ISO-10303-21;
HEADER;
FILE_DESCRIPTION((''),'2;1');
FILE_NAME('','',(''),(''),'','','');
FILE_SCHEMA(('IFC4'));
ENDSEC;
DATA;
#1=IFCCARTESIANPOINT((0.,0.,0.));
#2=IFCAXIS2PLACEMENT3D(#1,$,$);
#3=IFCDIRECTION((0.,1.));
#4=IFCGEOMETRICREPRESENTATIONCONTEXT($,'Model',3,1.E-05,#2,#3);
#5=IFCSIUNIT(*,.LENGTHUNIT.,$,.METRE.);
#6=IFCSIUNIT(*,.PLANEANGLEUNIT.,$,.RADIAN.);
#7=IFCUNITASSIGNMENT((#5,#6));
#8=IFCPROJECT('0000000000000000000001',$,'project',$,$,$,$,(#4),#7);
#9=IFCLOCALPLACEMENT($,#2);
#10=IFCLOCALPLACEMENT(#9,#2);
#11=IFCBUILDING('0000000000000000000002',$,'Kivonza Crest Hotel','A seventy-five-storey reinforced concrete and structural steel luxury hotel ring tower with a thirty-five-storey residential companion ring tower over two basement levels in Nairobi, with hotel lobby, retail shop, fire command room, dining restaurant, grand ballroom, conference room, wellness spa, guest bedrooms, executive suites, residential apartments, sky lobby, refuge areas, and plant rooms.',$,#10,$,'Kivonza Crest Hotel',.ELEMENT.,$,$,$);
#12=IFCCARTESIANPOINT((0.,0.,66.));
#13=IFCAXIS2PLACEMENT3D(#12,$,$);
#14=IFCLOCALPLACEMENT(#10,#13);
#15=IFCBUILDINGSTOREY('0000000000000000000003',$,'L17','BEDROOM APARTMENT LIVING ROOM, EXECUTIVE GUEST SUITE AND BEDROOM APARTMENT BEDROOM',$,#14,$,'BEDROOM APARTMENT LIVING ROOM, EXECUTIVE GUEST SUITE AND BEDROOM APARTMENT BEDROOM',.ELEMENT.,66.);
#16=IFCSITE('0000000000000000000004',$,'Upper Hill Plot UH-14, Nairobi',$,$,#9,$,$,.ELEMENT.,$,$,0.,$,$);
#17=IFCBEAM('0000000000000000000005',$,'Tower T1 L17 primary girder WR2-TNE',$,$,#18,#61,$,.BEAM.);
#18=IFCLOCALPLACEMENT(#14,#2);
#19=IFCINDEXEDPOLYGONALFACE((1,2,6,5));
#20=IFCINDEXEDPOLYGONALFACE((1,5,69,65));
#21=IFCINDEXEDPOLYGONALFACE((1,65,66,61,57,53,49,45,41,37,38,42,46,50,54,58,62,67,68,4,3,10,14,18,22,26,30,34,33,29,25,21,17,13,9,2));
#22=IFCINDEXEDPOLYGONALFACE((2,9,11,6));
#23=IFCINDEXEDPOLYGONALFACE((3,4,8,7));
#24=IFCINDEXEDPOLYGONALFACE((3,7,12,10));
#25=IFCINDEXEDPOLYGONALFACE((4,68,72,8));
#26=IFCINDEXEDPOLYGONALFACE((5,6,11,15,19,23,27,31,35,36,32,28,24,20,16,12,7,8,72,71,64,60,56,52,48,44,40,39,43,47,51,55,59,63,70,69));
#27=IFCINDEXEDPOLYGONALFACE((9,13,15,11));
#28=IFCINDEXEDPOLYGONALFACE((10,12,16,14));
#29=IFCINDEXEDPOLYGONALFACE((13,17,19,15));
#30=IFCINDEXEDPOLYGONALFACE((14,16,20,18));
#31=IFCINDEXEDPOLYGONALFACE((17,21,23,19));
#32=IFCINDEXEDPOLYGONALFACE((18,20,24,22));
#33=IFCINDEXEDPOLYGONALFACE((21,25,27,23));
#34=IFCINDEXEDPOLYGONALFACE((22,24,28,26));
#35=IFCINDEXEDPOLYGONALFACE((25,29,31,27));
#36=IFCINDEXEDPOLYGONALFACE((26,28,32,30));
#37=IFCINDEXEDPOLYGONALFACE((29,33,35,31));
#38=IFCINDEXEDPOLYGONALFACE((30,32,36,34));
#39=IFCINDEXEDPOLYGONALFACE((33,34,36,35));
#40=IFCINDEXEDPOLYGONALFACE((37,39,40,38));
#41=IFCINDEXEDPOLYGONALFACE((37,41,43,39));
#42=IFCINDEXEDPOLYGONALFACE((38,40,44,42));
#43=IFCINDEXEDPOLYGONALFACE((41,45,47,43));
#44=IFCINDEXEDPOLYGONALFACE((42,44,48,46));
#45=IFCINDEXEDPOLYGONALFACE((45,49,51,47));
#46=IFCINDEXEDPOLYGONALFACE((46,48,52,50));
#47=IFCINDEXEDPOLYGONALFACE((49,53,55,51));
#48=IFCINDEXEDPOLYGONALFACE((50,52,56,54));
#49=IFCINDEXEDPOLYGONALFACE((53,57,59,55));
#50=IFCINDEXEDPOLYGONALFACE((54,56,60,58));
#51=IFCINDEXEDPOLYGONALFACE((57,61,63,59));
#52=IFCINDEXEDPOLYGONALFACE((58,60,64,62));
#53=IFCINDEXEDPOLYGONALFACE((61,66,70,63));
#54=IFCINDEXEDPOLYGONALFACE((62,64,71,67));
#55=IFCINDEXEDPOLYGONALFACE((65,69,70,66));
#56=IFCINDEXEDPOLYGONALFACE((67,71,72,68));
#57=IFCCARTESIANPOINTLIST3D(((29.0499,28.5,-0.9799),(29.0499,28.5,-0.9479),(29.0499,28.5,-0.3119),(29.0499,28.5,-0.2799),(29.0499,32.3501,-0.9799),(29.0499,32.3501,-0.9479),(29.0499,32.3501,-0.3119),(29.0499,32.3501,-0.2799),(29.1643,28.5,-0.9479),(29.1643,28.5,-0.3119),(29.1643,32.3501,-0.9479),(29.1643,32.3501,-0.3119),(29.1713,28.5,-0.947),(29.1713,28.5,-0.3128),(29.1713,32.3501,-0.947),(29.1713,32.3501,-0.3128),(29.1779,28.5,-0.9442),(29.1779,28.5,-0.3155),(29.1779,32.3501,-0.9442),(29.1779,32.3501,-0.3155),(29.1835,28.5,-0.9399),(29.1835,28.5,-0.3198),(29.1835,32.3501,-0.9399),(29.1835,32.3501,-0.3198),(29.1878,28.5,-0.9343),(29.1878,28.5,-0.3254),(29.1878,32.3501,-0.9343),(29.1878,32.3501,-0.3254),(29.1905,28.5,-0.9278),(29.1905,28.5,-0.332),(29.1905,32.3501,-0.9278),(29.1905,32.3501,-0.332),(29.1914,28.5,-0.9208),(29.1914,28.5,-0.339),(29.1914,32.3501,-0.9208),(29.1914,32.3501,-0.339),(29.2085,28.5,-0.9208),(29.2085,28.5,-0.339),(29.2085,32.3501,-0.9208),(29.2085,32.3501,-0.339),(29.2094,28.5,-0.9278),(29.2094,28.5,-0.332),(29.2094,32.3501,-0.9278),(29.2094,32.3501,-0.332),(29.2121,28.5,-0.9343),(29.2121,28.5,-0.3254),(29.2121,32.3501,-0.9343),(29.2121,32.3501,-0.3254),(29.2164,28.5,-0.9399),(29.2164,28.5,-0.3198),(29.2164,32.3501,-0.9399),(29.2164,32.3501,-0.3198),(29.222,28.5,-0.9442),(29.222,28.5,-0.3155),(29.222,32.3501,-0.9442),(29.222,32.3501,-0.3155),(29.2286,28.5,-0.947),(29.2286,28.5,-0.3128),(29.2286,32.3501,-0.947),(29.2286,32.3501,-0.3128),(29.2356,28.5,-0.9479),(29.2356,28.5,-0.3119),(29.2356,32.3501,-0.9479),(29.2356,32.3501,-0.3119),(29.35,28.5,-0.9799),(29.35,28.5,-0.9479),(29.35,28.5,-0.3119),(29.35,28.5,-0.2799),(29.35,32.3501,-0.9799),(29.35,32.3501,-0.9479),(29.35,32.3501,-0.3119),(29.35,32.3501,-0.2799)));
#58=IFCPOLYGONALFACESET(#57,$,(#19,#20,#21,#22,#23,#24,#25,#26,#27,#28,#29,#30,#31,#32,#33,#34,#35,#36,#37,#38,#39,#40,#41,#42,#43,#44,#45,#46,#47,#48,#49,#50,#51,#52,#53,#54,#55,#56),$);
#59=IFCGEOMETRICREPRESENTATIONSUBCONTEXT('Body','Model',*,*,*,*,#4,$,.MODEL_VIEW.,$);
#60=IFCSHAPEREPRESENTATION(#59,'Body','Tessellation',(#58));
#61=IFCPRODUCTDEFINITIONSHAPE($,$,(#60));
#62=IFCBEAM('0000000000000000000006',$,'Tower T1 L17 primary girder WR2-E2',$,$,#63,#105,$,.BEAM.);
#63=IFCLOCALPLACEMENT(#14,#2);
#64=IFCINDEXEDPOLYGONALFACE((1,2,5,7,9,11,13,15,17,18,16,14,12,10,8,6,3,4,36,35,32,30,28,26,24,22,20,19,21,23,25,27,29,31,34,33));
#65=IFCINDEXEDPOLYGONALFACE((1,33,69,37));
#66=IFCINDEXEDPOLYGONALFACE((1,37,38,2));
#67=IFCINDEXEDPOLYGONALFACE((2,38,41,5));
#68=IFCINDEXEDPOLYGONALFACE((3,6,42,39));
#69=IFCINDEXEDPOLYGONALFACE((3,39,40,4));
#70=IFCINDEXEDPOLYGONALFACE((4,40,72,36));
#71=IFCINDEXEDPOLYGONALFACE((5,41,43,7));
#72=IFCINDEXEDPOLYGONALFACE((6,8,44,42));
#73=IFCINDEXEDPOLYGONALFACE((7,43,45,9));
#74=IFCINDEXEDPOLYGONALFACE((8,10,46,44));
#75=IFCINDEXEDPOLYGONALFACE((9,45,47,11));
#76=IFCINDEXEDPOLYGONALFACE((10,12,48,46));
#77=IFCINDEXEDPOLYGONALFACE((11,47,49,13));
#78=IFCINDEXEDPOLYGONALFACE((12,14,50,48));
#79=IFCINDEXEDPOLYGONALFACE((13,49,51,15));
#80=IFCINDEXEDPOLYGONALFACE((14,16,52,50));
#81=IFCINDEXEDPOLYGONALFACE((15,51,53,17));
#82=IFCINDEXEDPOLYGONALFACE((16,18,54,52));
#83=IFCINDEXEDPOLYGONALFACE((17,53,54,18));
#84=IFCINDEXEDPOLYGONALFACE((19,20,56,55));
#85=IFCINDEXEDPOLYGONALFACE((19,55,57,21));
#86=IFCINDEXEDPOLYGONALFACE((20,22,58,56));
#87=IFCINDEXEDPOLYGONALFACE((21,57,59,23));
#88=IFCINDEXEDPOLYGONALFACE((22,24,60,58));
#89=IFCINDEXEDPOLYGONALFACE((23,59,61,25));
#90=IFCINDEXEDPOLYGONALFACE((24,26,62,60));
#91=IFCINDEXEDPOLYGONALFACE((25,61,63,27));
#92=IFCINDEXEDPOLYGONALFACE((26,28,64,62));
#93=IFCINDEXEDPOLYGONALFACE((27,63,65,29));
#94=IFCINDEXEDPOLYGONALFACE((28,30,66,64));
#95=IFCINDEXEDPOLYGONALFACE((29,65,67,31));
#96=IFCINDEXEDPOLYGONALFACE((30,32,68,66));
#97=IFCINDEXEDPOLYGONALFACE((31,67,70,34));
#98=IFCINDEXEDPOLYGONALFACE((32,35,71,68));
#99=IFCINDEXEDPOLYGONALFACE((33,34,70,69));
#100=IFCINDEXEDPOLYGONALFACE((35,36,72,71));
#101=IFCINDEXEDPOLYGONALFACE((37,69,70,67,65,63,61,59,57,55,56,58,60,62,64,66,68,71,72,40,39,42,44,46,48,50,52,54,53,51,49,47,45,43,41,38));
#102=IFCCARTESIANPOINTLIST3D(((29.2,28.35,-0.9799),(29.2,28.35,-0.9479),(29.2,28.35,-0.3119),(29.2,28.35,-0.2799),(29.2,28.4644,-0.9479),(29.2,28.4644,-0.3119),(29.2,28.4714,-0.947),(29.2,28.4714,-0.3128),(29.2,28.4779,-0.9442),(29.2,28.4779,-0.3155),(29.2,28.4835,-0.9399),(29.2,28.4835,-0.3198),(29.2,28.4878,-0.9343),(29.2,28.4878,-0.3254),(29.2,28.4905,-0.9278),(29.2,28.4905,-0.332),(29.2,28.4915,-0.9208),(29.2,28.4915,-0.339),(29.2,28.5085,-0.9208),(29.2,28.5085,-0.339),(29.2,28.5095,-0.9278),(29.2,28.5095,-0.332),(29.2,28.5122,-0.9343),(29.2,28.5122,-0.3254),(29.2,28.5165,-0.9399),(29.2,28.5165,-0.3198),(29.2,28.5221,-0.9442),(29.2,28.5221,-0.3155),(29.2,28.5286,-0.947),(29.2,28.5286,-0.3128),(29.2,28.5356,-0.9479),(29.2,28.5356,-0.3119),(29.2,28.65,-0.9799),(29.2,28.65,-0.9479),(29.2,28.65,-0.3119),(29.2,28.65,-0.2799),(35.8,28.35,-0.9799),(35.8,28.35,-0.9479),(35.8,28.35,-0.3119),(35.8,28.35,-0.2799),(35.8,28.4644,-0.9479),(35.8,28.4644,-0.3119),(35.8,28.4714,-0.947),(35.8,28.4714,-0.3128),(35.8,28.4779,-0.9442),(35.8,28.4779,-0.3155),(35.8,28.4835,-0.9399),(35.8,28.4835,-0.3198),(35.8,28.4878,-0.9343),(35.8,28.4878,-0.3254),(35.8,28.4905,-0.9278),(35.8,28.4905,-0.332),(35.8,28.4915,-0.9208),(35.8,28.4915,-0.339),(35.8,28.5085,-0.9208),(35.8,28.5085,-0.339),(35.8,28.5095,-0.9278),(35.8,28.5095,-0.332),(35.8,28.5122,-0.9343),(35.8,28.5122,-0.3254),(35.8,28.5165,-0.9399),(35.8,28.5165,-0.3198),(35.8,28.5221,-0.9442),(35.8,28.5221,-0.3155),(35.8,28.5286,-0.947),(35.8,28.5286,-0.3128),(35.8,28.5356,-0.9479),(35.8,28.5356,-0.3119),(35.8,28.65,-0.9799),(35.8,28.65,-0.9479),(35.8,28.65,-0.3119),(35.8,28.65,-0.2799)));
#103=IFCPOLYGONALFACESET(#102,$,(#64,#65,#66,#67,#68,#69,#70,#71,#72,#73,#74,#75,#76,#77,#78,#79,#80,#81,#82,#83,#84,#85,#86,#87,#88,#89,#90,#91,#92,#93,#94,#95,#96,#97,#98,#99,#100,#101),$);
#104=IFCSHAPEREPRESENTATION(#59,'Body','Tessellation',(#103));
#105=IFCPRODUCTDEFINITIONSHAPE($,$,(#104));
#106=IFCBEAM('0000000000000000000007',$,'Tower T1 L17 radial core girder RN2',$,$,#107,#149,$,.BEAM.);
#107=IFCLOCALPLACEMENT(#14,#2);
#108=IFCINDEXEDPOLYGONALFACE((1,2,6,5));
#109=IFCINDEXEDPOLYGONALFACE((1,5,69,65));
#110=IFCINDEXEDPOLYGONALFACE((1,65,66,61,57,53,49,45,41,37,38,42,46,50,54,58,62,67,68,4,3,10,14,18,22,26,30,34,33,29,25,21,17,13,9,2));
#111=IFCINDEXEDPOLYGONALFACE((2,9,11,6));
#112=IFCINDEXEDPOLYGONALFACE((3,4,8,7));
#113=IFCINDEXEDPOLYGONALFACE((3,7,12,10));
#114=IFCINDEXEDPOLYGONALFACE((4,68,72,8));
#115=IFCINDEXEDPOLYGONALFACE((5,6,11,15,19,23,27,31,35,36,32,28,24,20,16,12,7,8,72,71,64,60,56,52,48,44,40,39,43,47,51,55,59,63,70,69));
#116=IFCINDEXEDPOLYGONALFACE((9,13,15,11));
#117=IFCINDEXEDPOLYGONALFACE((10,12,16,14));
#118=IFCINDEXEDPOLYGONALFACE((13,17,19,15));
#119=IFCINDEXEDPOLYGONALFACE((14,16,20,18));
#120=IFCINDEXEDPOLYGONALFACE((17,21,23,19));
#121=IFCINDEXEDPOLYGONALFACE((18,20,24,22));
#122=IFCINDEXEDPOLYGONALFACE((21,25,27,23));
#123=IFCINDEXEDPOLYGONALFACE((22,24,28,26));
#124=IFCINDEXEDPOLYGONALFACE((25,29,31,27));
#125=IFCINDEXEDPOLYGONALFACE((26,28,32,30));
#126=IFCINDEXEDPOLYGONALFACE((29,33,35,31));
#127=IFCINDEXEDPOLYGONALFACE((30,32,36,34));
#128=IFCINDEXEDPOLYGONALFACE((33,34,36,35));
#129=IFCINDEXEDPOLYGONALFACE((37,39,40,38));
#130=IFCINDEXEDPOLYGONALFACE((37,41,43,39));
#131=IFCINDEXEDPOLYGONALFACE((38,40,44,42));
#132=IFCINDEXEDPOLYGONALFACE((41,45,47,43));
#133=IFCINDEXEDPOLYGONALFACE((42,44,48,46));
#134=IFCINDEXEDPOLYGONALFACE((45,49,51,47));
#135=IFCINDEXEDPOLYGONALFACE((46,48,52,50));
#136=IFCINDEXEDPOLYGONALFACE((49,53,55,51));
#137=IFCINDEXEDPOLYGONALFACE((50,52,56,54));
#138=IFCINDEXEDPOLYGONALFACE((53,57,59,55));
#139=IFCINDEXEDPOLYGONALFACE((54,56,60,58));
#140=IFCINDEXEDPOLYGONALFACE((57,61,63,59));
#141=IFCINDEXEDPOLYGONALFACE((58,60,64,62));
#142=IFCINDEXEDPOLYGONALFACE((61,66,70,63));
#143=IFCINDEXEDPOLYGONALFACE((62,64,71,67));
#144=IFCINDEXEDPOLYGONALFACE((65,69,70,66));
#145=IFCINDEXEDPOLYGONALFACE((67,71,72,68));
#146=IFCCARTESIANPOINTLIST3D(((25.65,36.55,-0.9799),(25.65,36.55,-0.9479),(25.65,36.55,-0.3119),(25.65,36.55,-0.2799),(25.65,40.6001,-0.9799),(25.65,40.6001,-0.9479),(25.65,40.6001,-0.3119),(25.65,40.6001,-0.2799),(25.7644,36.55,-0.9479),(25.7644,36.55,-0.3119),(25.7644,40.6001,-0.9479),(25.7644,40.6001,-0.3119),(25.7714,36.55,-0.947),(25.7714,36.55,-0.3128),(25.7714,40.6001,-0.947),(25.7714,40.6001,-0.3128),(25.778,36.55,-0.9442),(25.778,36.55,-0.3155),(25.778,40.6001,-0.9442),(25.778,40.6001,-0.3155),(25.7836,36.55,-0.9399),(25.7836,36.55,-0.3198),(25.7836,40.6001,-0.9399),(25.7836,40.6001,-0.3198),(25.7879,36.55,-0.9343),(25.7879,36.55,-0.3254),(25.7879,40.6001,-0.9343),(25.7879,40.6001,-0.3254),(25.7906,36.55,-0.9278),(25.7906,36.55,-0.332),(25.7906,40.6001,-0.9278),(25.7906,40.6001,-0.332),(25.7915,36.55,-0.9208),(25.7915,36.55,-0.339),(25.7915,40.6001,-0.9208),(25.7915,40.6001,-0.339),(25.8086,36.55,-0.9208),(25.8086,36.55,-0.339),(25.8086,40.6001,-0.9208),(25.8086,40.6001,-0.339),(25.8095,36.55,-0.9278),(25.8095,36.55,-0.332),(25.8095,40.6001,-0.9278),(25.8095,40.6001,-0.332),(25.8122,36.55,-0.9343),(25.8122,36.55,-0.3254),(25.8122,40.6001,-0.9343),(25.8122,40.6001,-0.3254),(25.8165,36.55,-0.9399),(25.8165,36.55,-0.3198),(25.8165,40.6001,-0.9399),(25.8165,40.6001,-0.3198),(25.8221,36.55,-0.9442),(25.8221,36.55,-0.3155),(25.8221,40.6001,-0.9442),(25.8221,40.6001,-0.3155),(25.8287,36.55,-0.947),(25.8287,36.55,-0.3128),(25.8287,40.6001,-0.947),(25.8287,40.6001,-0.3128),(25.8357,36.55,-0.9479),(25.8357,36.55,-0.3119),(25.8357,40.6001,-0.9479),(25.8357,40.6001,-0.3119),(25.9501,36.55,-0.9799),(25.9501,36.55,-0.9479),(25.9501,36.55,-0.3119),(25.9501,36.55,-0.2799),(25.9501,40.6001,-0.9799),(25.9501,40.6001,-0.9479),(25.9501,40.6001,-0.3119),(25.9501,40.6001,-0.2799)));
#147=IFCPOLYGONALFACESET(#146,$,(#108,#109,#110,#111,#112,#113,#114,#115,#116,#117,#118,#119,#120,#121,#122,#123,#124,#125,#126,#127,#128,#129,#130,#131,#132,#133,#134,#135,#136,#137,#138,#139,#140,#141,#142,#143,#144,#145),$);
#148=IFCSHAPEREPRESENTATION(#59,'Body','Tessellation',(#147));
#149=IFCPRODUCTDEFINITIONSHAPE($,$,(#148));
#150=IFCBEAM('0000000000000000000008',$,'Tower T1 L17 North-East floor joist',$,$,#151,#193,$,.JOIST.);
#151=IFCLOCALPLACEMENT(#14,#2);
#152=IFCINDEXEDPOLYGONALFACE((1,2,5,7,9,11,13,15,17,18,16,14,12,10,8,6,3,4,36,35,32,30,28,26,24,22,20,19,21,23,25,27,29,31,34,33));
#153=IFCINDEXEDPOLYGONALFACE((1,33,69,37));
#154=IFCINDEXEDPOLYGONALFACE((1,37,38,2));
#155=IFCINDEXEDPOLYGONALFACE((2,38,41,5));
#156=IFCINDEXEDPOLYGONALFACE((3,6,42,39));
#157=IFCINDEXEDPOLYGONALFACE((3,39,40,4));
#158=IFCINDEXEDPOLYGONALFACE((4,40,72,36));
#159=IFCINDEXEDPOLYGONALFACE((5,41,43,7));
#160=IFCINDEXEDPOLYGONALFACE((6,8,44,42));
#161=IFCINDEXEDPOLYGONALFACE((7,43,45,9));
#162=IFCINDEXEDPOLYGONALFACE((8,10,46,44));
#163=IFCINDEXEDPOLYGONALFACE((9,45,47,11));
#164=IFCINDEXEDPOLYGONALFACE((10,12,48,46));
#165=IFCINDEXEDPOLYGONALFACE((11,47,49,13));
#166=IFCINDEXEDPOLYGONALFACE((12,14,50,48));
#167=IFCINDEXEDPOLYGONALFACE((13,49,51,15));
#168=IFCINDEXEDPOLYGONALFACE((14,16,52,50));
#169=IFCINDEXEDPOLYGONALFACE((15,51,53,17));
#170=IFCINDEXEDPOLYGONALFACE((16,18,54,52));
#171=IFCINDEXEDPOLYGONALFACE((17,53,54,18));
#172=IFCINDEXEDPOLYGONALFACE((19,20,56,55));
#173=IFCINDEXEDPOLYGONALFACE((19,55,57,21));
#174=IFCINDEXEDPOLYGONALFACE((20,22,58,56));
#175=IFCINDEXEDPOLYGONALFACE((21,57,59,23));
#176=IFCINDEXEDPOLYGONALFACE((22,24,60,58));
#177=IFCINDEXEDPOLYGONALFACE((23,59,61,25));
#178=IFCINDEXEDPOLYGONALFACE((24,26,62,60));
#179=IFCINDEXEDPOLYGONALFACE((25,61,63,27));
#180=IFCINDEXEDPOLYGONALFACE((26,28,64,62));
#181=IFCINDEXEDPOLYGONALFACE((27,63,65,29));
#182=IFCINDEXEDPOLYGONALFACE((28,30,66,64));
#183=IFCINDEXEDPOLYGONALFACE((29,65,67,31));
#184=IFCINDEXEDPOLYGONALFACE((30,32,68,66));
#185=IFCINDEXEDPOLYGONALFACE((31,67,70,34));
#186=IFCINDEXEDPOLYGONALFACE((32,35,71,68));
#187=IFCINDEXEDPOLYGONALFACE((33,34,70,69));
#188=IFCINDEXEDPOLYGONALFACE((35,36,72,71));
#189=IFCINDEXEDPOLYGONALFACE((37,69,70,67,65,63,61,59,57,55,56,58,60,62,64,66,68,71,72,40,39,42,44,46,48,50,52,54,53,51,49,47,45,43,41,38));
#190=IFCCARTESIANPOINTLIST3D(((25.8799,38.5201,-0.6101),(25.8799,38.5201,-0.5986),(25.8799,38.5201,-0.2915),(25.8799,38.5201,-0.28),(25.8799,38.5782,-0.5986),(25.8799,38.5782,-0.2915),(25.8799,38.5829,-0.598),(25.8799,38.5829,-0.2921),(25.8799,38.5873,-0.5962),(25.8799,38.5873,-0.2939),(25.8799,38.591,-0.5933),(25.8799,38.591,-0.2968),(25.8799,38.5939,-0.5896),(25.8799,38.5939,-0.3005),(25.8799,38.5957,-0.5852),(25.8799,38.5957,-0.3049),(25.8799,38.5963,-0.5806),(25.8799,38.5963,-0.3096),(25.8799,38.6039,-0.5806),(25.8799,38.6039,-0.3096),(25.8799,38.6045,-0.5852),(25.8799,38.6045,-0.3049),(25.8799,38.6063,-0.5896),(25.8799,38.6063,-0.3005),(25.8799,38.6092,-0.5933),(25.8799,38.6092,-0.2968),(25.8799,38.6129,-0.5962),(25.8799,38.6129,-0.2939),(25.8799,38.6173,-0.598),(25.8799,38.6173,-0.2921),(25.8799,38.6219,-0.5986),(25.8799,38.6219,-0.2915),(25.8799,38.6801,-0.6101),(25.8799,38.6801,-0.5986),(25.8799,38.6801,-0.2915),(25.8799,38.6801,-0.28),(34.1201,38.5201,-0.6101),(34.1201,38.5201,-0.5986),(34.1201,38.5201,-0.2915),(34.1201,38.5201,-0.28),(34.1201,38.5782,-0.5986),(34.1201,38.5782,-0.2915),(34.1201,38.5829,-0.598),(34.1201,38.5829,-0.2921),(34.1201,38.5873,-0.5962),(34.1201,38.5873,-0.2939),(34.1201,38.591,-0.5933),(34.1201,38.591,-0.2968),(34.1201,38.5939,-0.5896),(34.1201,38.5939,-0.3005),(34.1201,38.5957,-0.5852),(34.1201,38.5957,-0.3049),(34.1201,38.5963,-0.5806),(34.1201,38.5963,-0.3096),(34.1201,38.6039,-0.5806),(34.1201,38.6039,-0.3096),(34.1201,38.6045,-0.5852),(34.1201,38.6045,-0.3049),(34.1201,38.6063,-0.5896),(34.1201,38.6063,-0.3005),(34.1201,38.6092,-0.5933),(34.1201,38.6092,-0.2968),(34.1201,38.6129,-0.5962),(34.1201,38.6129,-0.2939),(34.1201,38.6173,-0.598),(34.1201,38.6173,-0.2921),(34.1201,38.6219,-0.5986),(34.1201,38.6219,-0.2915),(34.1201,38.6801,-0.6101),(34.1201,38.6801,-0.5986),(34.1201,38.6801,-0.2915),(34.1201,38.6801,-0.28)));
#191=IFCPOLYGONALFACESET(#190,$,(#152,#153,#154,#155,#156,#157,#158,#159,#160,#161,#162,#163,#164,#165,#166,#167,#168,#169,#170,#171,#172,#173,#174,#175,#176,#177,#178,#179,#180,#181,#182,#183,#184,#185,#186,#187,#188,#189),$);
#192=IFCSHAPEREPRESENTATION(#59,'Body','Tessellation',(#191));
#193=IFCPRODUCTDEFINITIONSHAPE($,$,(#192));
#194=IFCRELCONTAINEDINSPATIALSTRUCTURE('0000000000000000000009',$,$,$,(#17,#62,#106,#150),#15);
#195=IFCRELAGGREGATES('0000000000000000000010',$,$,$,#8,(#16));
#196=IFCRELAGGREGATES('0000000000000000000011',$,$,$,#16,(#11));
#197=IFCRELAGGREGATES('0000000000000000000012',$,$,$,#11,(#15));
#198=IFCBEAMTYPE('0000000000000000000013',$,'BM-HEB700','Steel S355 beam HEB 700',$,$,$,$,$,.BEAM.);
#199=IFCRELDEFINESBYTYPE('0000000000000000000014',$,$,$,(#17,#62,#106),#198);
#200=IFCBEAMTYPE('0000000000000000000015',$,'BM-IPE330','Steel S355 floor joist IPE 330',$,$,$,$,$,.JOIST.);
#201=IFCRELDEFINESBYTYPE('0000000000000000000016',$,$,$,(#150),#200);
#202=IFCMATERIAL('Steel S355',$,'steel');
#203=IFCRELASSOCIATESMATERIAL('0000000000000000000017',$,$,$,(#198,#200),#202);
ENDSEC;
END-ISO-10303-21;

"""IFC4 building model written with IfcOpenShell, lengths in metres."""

from ifc_helpers import new_model, si_unit, direction, frame, origin, origin_2d, place, context, subcontext, project, spatial, i_section, extrude, material, material_profile, profile_set, type_object, element, save


model = new_model("IFC4")

# Units and contexts
model_context = context("Model", 3, precision=1e-05, world=origin(), true_north=direction((0.0, 1.0)))
body_context = subcontext(model_context, "Body", "Model", "MODEL_VIEW")
ifc_project = project(units=[si_unit("LENGTHUNIT", "METRE"), si_unit("PLANEANGLEUNIT", "RADIAN")], contexts=[model_context])

# Site, building, storey
site_placement = place(None, origin())
site = spatial("IfcSite", under=ifc_project, at=site_placement, Name="Upper Hill Plot UH-14, Nairobi", CompositionType="ELEMENT", RefElevation=0.0)
building_placement = place(site_placement, origin())
building = spatial("IfcBuilding", under=site, at=building_placement, Name="Kivonza Crest Hotel", Description="A seventy-five-storey reinforced concrete and structural steel luxury hotel ring tower with a thirty-five-storey residential companion ring tower over two basement levels in Nairobi, with hotel lobby, retail shop, fire command room, dining restaurant, grand ballroom, conference room, wellness spa, guest bedrooms, executive suites, residential apartments, sky lobby, refuge areas, and plant rooms.", LongName="Kivonza Crest Hotel", CompositionType="ELEMENT")
storey_placement = place(building_placement, frame((0.0, 0.0, 66.0)))
storey = spatial("IfcBuildingStorey", under=building, at=storey_placement, Name="L17", Description="BEDROOM APARTMENT LIVING ROOM, EXECUTIVE GUEST SUITE AND BEDROOM APARTMENT BEDROOM", LongName="BEDROOM APARTMENT LIVING ROOM, EXECUTIVE GUEST SUITE AND BEDROOM APARTMENT BEDROOM", CompositionType="ELEMENT", Elevation=66.0)

# Beams
ifc_material_1 = material(Name="Steel S355", Category="steel")
ifc_material_profile_1 = material_profile(ifc_material_1, i_section(OverallWidth=0.3, OverallDepth=0.7, WebThickness=0.0171, FlangeThickness=0.032, FilletRadius=0.0271, at=origin_2d()), Name="HEB 700")
ifc_profile_set_1 = profile_set([ifc_material_profile_1], Name="Steel S355")
beam_type_1 = type_object("IfcBeamType", Name="BM-HEB700", Description="Steel S355 beam HEB 700", PredefinedType="BEAM", material=ifc_profile_set_1)
beam_1_placement = place(storey_placement, frame((29.2, 28.5, -0.6299), z_axis=(0.0, 1.0, 0.0), x_axis=(-1.0, 0.0, 0.0)))
element("IfcBeam", 1, at=beam_1_placement, inside=storey, type_object=beam_type_1, Name="Tower T1 L17 primary girder WR2-TNE", PredefinedType="BEAM", context=body_context, shape_type="SweptSolid", body=[
    extrude(i_section(OverallWidth=0.3, OverallDepth=0.7, WebThickness=0.0171, FlangeThickness=0.032, FilletRadius=0.0271, at=origin_2d()), origin(), (0.0, 0.0, 1.0), 3.8501),
])
beam_2_placement = place(storey_placement, frame((29.2, 28.5, -0.6299), z_axis=(1.0, 0.0, 0.0), x_axis=(0.0, 1.0, 0.0)))
element("IfcBeam", 2, at=beam_2_placement, inside=storey, type_object=beam_type_1, Name="Tower T1 L17 primary girder WR2-E2", PredefinedType="BEAM", context=body_context, shape_type="SweptSolid", body=[
    extrude(i_section(OverallWidth=0.3, OverallDepth=0.7, WebThickness=0.0171, FlangeThickness=0.032, FilletRadius=0.0271, at=origin_2d()), origin(), (0.0, 0.0, 1.0), 6.6001),
])
beam_3_placement = place(storey_placement, frame((25.8, 40.6001, -0.6299), z_axis=(0.0, -1.0, 0.0), x_axis=(1.0, 0.0, 0.0)))
element("IfcBeam", 3, at=beam_3_placement, inside=storey, type_object=beam_type_1, Name="Tower T1 L17 radial core girder RN2", PredefinedType="BEAM", context=body_context, shape_type="SweptSolid", body=[
    extrude(i_section(OverallWidth=0.3, OverallDepth=0.7, WebThickness=0.0171, FlangeThickness=0.032, FilletRadius=0.0271, at=origin_2d()), origin(), (0.0, 0.0, 1.0), 4.05),
])
ifc_material_profile_2 = material_profile(ifc_material_1, i_section(OverallWidth=0.1599, OverallDepth=0.3301, WebThickness=0.0076, FlangeThickness=0.0115, FilletRadius=0.0181, at=origin_2d()), Name="IPE 330")
ifc_profile_set_2 = profile_set([ifc_material_profile_2], Name="Steel S355")
beam_type_2 = type_object("IfcBeamType", Name="BM-IPE330", Description="Steel S355 floor joist IPE 330", PredefinedType="JOIST", material=ifc_profile_set_2)
beam_4_placement = place(storey_placement, frame((25.8799, 38.6001, -0.4451), z_axis=(1.0, 0.0, 0.0), x_axis=(0.0, 1.0, 0.0)))
element("IfcBeam", 4, at=beam_4_placement, inside=storey, type_object=beam_type_2, Name="Tower T1 L17 North-East floor joist", PredefinedType="JOIST", context=body_context, shape_type="SweptSolid", body=[
    extrude(i_section(OverallWidth=0.1599, OverallDepth=0.3301, WebThickness=0.0076, FlangeThickness=0.0115, FilletRadius=0.0181, at=origin_2d()), origin(), (0.0, 0.0, 1.0), 8.2402),
])

save(model, "model.ifc")
